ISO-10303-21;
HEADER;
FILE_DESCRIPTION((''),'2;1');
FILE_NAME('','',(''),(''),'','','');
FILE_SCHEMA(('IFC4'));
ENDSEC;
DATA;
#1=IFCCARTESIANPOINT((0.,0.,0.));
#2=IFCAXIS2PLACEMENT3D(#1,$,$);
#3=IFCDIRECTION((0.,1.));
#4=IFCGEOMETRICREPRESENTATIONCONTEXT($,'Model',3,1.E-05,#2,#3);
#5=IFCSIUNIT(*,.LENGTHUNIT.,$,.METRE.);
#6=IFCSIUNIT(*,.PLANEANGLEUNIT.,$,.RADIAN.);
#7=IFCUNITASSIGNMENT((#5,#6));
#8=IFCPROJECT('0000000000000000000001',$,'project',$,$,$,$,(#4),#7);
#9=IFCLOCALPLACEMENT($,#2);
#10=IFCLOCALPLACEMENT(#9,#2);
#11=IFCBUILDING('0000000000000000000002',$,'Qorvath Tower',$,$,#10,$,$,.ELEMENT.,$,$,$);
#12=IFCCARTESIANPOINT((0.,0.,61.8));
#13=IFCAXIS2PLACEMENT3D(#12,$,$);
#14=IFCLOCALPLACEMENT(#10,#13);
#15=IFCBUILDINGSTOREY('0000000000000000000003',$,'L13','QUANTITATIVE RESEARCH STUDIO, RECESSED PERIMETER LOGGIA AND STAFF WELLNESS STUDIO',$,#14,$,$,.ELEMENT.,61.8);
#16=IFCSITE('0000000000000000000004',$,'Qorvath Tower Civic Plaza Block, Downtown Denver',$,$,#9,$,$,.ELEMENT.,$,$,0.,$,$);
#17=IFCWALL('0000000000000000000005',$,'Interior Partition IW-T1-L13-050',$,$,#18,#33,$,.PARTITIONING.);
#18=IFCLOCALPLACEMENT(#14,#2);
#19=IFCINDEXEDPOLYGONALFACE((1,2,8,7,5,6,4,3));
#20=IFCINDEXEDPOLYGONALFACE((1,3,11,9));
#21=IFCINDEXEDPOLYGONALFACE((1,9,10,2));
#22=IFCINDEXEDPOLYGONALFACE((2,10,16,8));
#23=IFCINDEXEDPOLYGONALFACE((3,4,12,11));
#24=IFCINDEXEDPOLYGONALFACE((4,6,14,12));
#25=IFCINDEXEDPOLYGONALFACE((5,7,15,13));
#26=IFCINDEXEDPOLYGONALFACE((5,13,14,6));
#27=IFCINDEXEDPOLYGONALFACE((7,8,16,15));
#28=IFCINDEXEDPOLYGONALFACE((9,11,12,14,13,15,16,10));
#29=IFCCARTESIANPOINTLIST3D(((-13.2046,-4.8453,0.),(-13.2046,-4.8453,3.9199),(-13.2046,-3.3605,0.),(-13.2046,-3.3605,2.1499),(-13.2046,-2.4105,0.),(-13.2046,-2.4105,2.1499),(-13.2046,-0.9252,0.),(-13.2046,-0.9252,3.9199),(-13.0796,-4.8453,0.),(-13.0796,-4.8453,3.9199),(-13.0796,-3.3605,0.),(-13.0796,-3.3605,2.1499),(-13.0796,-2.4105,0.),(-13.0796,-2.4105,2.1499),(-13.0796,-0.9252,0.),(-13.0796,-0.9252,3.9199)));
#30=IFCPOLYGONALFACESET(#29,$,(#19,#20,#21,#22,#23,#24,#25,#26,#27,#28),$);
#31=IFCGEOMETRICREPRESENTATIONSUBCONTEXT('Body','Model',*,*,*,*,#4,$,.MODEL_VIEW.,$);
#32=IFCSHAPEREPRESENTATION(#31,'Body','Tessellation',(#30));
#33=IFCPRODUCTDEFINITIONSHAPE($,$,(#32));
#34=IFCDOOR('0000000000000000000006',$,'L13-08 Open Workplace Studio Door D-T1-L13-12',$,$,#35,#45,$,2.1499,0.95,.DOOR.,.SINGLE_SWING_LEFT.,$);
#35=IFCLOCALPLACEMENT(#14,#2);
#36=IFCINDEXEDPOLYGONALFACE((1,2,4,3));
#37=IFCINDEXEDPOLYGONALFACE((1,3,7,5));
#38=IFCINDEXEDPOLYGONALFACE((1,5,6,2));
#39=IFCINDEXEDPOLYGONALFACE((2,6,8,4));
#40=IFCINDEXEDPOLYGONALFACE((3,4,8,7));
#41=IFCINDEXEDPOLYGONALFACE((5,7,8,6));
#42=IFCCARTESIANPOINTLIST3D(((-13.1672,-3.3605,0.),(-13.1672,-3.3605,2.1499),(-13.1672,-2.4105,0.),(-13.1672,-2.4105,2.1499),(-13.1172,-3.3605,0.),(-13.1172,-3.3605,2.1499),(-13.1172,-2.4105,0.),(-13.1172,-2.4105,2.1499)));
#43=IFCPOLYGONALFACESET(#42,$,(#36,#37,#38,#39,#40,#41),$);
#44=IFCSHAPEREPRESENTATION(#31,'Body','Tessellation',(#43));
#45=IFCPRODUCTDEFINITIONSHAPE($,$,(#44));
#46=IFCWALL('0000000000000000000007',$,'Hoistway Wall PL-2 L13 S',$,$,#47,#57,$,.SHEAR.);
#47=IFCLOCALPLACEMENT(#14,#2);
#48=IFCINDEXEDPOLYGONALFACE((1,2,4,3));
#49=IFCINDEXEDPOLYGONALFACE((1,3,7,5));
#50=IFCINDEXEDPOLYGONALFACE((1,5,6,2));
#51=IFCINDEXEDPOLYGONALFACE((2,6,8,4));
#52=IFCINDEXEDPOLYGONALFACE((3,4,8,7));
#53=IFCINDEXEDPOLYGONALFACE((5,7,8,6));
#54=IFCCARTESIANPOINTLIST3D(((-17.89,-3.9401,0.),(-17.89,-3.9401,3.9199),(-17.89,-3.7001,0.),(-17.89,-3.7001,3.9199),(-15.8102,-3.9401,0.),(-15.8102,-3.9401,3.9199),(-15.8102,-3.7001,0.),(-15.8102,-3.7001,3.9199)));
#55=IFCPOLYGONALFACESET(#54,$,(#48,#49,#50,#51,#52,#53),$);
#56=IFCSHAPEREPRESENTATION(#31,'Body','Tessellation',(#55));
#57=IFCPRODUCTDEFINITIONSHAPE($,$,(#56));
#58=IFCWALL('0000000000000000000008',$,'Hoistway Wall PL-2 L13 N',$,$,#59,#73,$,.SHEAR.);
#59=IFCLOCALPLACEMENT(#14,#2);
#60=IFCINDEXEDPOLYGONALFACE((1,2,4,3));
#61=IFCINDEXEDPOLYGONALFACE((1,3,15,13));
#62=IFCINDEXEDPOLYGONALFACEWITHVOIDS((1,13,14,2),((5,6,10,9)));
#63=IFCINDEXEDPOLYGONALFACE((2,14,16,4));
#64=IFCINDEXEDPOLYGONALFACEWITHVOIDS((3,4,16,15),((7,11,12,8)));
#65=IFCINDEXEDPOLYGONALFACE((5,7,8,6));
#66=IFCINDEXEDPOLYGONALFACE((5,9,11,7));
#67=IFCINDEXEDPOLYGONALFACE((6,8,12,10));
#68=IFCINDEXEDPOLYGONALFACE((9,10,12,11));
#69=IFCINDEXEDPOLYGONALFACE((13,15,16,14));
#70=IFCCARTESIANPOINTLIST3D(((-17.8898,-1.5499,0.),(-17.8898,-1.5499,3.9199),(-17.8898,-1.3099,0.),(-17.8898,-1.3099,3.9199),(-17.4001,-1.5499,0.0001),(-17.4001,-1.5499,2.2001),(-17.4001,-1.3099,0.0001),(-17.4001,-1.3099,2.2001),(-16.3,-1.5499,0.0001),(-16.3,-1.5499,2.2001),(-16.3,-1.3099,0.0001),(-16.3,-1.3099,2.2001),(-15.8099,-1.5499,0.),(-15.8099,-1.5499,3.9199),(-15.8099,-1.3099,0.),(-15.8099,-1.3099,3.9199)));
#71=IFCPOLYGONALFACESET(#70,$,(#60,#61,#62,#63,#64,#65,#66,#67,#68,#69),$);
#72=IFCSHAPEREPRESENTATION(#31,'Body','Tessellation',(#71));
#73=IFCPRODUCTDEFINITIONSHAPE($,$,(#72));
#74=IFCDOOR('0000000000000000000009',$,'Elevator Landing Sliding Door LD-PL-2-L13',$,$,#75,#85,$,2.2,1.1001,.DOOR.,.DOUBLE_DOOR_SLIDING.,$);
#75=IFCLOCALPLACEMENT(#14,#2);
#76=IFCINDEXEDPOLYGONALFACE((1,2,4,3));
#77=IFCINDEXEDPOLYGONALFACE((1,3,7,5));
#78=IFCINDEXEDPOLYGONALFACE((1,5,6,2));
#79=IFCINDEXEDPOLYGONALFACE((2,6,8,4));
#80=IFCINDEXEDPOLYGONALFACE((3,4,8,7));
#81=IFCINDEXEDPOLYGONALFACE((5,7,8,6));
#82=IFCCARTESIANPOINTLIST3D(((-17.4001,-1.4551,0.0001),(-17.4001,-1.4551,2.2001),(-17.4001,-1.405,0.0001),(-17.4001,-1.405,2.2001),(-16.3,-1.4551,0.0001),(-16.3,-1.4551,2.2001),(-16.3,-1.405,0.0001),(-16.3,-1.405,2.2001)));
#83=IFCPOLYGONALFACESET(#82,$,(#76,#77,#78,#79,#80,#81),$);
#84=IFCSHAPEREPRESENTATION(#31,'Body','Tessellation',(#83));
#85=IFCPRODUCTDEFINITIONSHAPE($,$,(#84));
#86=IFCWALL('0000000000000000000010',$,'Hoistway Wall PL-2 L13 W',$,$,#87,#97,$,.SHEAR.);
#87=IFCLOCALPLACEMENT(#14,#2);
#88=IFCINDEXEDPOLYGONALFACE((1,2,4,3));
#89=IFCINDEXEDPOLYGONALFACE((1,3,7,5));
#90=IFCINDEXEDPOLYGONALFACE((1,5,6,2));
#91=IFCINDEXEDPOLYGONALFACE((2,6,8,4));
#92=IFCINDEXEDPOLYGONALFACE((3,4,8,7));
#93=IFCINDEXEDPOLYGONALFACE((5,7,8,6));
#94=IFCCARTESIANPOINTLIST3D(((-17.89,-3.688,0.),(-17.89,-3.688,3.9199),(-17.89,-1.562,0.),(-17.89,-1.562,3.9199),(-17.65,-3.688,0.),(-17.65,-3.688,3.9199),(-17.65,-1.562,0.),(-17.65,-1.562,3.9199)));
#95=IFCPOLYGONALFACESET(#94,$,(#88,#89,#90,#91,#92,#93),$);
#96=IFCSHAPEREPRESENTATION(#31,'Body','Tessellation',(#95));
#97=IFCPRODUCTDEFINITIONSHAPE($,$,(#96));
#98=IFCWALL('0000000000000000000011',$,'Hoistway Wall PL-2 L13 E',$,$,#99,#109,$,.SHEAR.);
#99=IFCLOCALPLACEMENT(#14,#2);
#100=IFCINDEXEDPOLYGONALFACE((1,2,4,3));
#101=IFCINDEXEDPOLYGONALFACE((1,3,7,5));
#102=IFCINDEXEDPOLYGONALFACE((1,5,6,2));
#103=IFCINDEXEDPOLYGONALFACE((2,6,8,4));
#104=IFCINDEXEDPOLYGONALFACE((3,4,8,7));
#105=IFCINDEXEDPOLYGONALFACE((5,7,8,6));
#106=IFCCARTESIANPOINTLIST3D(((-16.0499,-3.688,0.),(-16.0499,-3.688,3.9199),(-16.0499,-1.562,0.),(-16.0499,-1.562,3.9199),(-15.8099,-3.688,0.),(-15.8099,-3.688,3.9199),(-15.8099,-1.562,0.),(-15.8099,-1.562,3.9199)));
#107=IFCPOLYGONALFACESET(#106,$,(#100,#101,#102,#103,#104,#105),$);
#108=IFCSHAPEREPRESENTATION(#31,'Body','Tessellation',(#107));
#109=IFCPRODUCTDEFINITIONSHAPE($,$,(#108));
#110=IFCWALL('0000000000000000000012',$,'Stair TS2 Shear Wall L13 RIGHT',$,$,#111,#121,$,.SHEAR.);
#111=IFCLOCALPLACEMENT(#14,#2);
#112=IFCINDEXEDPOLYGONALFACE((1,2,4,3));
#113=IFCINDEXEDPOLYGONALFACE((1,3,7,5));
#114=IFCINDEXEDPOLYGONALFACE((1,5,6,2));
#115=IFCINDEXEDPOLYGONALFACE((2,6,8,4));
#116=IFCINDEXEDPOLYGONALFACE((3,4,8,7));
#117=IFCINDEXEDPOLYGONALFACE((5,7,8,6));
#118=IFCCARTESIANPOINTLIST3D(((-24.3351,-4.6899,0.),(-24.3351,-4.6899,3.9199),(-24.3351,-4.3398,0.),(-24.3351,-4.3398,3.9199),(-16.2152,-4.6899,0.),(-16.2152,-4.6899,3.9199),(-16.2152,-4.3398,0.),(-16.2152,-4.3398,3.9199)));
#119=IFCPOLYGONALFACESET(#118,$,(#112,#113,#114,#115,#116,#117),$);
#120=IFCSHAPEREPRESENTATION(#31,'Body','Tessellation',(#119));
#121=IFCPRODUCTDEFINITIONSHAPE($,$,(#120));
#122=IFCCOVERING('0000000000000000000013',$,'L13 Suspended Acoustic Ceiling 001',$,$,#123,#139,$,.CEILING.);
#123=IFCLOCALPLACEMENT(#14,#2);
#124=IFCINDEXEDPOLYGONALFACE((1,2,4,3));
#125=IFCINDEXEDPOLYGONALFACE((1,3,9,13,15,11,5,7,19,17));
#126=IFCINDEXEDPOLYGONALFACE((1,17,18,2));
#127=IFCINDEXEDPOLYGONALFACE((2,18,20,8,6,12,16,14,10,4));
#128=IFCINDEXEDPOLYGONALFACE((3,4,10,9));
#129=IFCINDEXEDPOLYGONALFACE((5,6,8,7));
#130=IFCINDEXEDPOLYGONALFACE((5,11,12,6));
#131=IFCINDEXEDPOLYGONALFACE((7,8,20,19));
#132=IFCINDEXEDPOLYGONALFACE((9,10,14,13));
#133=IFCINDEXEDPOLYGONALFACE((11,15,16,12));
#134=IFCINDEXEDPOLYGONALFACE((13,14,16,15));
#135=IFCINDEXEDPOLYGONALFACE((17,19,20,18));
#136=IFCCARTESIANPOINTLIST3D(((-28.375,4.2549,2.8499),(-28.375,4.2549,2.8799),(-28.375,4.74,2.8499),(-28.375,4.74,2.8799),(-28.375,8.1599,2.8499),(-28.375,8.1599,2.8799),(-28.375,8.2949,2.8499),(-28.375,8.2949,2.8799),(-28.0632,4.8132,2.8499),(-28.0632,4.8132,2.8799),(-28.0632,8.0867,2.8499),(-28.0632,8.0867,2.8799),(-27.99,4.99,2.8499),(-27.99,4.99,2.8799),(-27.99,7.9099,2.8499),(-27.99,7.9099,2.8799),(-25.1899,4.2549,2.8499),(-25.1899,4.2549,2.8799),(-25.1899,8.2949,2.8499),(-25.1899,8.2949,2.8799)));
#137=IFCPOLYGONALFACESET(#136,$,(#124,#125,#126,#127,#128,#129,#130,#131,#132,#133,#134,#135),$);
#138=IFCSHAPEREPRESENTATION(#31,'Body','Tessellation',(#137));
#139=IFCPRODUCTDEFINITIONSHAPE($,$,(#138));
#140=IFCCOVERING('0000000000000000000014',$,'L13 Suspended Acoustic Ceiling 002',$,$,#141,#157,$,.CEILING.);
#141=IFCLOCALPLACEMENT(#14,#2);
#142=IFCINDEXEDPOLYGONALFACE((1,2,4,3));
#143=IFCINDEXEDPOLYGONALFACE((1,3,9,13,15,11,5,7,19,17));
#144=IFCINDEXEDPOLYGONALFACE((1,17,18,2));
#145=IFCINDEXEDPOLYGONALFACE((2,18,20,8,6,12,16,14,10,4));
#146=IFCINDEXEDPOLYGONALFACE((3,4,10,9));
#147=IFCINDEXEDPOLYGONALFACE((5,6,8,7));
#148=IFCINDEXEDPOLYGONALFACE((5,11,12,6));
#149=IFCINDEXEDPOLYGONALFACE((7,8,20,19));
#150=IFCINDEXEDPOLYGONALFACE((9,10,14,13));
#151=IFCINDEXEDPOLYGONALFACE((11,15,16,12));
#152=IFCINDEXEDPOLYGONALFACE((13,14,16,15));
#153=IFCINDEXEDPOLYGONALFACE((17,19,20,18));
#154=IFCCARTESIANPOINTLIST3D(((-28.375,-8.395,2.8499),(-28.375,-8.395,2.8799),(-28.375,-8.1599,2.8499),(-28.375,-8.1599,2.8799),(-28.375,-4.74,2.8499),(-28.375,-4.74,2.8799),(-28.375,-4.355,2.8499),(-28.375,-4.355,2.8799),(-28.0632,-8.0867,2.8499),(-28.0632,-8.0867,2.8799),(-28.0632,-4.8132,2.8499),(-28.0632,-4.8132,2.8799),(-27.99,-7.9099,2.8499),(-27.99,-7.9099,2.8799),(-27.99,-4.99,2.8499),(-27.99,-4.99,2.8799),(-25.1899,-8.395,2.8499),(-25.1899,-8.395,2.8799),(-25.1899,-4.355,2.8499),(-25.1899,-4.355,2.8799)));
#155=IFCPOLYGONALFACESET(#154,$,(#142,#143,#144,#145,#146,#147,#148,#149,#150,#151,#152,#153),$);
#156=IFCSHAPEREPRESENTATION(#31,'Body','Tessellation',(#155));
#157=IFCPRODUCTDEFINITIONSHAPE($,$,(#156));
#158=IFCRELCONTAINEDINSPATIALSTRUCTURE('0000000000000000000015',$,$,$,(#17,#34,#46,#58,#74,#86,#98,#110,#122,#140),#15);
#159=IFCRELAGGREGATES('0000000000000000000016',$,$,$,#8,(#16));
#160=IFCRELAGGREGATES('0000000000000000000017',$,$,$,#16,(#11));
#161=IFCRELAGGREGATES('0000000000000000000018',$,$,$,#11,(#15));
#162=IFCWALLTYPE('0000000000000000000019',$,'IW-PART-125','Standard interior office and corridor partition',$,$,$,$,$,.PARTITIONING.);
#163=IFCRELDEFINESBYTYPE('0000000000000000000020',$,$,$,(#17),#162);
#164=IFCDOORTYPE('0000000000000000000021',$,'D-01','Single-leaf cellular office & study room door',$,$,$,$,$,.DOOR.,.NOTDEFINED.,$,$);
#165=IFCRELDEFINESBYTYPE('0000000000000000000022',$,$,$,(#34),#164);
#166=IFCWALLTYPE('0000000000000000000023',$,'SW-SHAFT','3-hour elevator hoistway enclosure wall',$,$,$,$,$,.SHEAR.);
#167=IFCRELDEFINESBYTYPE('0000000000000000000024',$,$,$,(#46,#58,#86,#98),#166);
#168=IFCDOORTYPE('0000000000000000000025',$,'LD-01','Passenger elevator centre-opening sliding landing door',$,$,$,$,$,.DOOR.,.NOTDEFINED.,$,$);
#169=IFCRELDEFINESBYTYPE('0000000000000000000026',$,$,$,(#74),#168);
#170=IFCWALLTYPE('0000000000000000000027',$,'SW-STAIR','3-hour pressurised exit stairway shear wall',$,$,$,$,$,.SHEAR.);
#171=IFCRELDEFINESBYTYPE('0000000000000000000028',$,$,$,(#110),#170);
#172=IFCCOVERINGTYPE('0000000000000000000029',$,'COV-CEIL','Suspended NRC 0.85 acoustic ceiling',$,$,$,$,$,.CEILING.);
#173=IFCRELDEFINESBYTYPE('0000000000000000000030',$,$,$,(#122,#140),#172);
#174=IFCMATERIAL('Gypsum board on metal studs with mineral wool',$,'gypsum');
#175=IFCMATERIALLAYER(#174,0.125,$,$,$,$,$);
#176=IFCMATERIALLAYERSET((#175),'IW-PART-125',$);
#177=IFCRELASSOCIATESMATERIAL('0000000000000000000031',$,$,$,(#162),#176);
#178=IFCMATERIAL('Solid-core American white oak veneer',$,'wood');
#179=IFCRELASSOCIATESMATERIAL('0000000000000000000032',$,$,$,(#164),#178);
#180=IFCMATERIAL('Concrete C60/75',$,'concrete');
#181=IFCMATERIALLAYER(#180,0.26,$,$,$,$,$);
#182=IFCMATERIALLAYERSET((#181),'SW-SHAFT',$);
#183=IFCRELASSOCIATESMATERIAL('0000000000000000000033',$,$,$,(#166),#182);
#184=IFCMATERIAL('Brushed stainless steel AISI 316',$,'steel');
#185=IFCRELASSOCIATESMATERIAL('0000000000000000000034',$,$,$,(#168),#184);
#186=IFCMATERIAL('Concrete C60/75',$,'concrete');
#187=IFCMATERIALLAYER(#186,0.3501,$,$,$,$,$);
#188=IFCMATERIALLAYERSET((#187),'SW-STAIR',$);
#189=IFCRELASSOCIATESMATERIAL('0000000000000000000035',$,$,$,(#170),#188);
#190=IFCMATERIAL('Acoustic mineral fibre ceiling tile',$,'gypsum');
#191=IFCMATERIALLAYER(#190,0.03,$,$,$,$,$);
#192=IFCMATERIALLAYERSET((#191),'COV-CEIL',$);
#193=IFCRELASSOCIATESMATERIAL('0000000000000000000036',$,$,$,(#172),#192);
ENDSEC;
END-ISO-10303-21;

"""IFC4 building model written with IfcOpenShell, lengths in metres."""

from ifc_helpers import new_model, si_unit, direction, frame, frame_2d, origin, place, context, subcontext, project, spatial, polyline, rectangle, outline, extrude, material, layer, layer_set, type_object, element, fill, save


model = new_model("IFC4")

# Units and contexts
model_context = context("Model", 3, precision=1e-05, world=origin(), true_north=direction((0.0, 1.0)))
body_context = subcontext(model_context, "Body", "Model", "MODEL_VIEW")
ifc_project = project(units=[si_unit("LENGTHUNIT", "METRE"), si_unit("PLANEANGLEUNIT", "RADIAN")], contexts=[model_context])

# Site, building, storey
site_placement = place(None, origin())
site = spatial("IfcSite", under=ifc_project, at=site_placement, Name="Qorvath Tower Civic Plaza Block, Downtown Denver", CompositionType="ELEMENT", RefElevation=0.0)
building_placement = place(site_placement, origin())
building = spatial("IfcBuilding", under=site, at=building_placement, Name="Qorvath Tower", CompositionType="ELEMENT")
storey_placement = place(building_placement, frame((0.0, 0.0, 61.8)))
storey = spatial("IfcBuildingStorey", under=building, at=storey_placement, Name="L13", Description="QUANTITATIVE RESEARCH STUDIO, RECESSED PERIMETER LOGGIA AND STAFF WELLNESS STUDIO", CompositionType="ELEMENT", Elevation=61.8)

# Wall, opening, door
ifc_material_1 = material(Name="Gypsum board on metal studs with mineral wool", Category="gypsum")
ifc_layer_1 = layer(ifc_material_1, 0.125)
ifc_layer_set_1 = layer_set([ifc_layer_1], Name="IW-PART-125")
wall_type_1 = type_object("IfcWallType", Name="IW-PART-125", Description="Standard interior office and corridor partition", PredefinedType="PARTITIONING", material=ifc_layer_set_1)
wall_1_placement = place(storey_placement, frame((-13.1421, -0.9253, 0.0), z_axis=(0.0, 0.0, 1.0), x_axis=(0.0, -1.0, 0.0)))
wall_1 = element("IfcWall", 1, at=wall_1_placement, inside=storey, type_object=wall_type_1, Name="Interior Partition IW-T1-L13-050", PredefinedType="PARTITIONING", context=body_context, shape_type="SweptSolid", body=[
    extrude(rectangle(XDim=3.9202, YDim=0.125, at=frame_2d((1.96, 0.0))), origin(), (0.0, 0.0, 1.0), 3.9199),
])
opening_1_placement = place(wall_1_placement, frame((1.4851, 0.0, 0.0)))
opening_1 = element("IfcOpeningElement", 2, at=opening_1_placement, cuts=wall_1, PredefinedType="OPENING", context=body_context, shape_type="SweptSolid", body=[
    extrude(rectangle(XDim=0.95, YDim=2.1499, at=frame_2d((0.4751, 1.075))), frame((0.0, 0.0725, 0.0), z_axis=(0.0, -1.0, 0.0), x_axis=(1.0, 0.0, 0.0)), (0.0, 0.0, 1.0), 0.145),
])
ifc_material_2 = material(Name="Solid-core American white oak veneer", Category="wood")
door_type_1 = type_object("IfcDoorType", Name="D-01", Description="Single-leaf cellular office & study room door", OperationType="NOTDEFINED", PredefinedType="DOOR", material=ifc_material_2)
door_1_placement = place(opening_1_placement, origin())
door_1 = element("IfcDoor", 3, at=door_1_placement, inside=storey, type_object=door_type_1, Name="L13-08 Open Workplace Studio Door D-T1-L13-12", OperationType="SINGLE_SWING_LEFT", OverallHeight=2.1499, OverallWidth=0.95, PredefinedType="DOOR", context=body_context, shape_type="SweptSolid", body=[
    extrude(rectangle(XDim=0.95, YDim=2.1499, at=frame_2d((0.4751, 1.075))), frame((0.0, 0.0249, 0.0), z_axis=(0.0, -1.0, 0.0), x_axis=(1.0, 0.0, 0.0)), (0.0, 0.0, 1.0), 0.05),
])
fill(opening_1, door_1)

# Wall
ifc_material_3 = material(Name="Concrete C60/75", Category="concrete")
ifc_layer_2 = layer(ifc_material_3, 0.26)
ifc_layer_set_2 = layer_set([ifc_layer_2], Name="SW-SHAFT")
wall_type_2 = type_object("IfcWallType", Name="SW-SHAFT", Description="3-hour elevator hoistway enclosure wall", PredefinedType="SHEAR", material=ifc_layer_set_2)
wall_2_placement = place(storey_placement, frame((-15.8101, -3.8201, 0.0), z_axis=(0.0, 0.0, 1.0), x_axis=(-1.0, 0.0, 0.0)))
element("IfcWall", 4, at=wall_2_placement, inside=storey, type_object=wall_type_2, Name="Hoistway Wall PL-2 L13 S", PredefinedType="SHEAR", context=body_context, shape_type="SweptSolid", body=[
    extrude(rectangle(XDim=2.0798, YDim=0.24, at=frame_2d((1.04, 0.0))), origin(), (0.0, 0.0, 1.0), 3.9199),
])

# Wall, opening, door
wall_3_placement = place(storey_placement, frame((-17.8899, -1.4299, 0.0), z_axis=(0.0, 0.0, 1.0), x_axis=(1.0, 0.0, 0.0)))
wall_3 = element("IfcWall", 5, at=wall_3_placement, inside=storey, type_object=wall_type_2, Name="Hoistway Wall PL-2 L13 N", PredefinedType="SHEAR", context=body_context, shape_type="SweptSolid", body=[
    extrude(rectangle(XDim=2.0798, YDim=0.24, at=frame_2d((1.04, 0.0))), origin(), (0.0, 0.0, 1.0), 3.9199),
])
opening_2_placement = place(wall_3_placement, frame((0.4897, 0.0, 0.0)))
opening_2 = element("IfcOpeningElement", 6, at=opening_2_placement, cuts=wall_3, PredefinedType="OPENING", context=body_context, shape_type="SweptSolid", body=[
    extrude(rectangle(XDim=1.1001, YDim=2.2, at=frame_2d((0.55, 1.1001))), frame((0.0, 0.1299, 0.0), z_axis=(0.0, -1.0, 0.0), x_axis=(1.0, 0.0, 0.0)), (0.0, 0.0, 1.0), 0.26),
])
ifc_material_4 = material(Name="Brushed stainless steel AISI 316", Category="steel")
door_type_2 = type_object("IfcDoorType", Name="LD-01", Description="Passenger elevator centre-opening sliding landing door", OperationType="NOTDEFINED", PredefinedType="DOOR", material=ifc_material_4)
door_2_placement = place(opening_2_placement, origin())
door_2 = element("IfcDoor", 7, at=door_2_placement, inside=storey, type_object=door_type_2, Name="Elevator Landing Sliding Door LD-PL-2-L13", OperationType="DOUBLE_DOOR_SLIDING", OverallHeight=2.2, OverallWidth=1.1001, PredefinedType="DOOR", context=body_context, shape_type="SweptSolid", body=[
    extrude(rectangle(XDim=1.1001, YDim=2.2, at=frame_2d((0.55, 1.1001))), frame((0.0, 0.0249, 0.0), z_axis=(0.0, -1.0, 0.0), x_axis=(1.0, 0.0, 0.0)), (0.0, 0.0, 1.0), 0.05),
])
fill(opening_2, door_2)

# Walls
for number, where, z_axis, x_axis, name in (
    (8, (-17.77, -3.688, 0.0), (0.0, 0.0, 1.0), (0.0, 1.0, 0.0), "Hoistway Wall PL-2 L13 W"),
    (9, (-15.9299, -1.562, 0.0), (0.0, 0.0, 1.0), (0.0, -1.0, 0.0), "Hoistway Wall PL-2 L13 E"),
):
    element("IfcWall", number, at=place(storey_placement, frame(where, z_axis=z_axis, x_axis=x_axis)), inside=storey, type_object=wall_type_2, Name=name, PredefinedType="SHEAR", context=body_context, shape_type="SweptSolid", body=[
        extrude(rectangle(XDim=2.126, YDim=0.24, at=frame_2d((1.063, 0.0))), origin(), (0.0, 0.0, 1.0), 3.9199),
    ])
ifc_material_5 = material(Name="Concrete C60/75", Category="concrete")
ifc_layer_3 = layer(ifc_material_5, 0.3501)
ifc_layer_set_3 = layer_set([ifc_layer_3], Name="SW-STAIR")
wall_type_3 = type_object("IfcWallType", Name="SW-STAIR", Description="3-hour pressurised exit stairway shear wall", PredefinedType="SHEAR", material=ifc_layer_set_3)
wall_4_placement = place(storey_placement, frame((-16.2151, -4.5149, 0.0), z_axis=(0.0, 0.0, 1.0), x_axis=(-1.0, 0.0, 0.0)))
element("IfcWall", 10, at=wall_4_placement, inside=storey, type_object=wall_type_3, Name="Stair TS2 Shear Wall L13 RIGHT", PredefinedType="SHEAR", context=body_context, shape_type="SweptSolid", body=[
    extrude(rectangle(XDim=8.1199, YDim=0.3501, at=frame_2d((4.0601, 0.0))), origin(), (0.0, 0.0, 1.0), 3.9199),
])

# Coverings
ifc_material_6 = material(Name="Acoustic mineral fibre ceiling tile", Category="gypsum")
ifc_layer_4 = layer(ifc_material_6, 0.03)
ifc_layer_set_4 = layer_set([ifc_layer_4], Name="COV-CEIL")
covering_type_1 = type_object("IfcCoveringType", Name="COV-CEIL", Description="Suspended NRC 0.85 acoustic ceiling", PredefinedType="CEILING", material=ifc_layer_set_4)
covering_1_placement = place(storey_placement, frame((0.0, 0.0, 2.8499)))
element("IfcCovering", 11, at=covering_1_placement, inside=storey, type_object=covering_type_1, Name="L13 Suspended Acoustic Ceiling 001", PredefinedType="CEILING", context=body_context, shape_type="SweptSolid", body=[
    extrude(outline(polyline([(-25.1899, 4.2549), (-25.1899, 8.2949), (-28.375, 8.2949), (-28.375, 8.1599), (-28.0632, 8.0867), (-27.99, 7.9099), (-27.99, 4.99), (-28.0632, 4.8132), (-28.375, 4.74), (-28.375, 4.2549), (-25.1899, 4.2549)])), origin(), (0.0, 0.0, 1.0), 0.03),
])
covering_2_placement = place(storey_placement, frame((0.0, 0.0, 2.8499)))
element("IfcCovering", 12, at=covering_2_placement, inside=storey, type_object=covering_type_1, Name="L13 Suspended Acoustic Ceiling 002", PredefinedType="CEILING", context=body_context, shape_type="SweptSolid", body=[
    extrude(outline(polyline([(-25.1899, -8.395), (-25.1899, -4.355), (-28.375, -4.355), (-28.375, -4.74), (-28.0632, -4.8132), (-27.99, -4.99), (-27.99, -7.9099), (-28.0632, -8.0867), (-28.375, -8.1599), (-28.375, -8.395), (-25.1899, -8.395)])), origin(), (0.0, 0.0, 1.0), 0.03),
])

save(model, "model.ifc")
